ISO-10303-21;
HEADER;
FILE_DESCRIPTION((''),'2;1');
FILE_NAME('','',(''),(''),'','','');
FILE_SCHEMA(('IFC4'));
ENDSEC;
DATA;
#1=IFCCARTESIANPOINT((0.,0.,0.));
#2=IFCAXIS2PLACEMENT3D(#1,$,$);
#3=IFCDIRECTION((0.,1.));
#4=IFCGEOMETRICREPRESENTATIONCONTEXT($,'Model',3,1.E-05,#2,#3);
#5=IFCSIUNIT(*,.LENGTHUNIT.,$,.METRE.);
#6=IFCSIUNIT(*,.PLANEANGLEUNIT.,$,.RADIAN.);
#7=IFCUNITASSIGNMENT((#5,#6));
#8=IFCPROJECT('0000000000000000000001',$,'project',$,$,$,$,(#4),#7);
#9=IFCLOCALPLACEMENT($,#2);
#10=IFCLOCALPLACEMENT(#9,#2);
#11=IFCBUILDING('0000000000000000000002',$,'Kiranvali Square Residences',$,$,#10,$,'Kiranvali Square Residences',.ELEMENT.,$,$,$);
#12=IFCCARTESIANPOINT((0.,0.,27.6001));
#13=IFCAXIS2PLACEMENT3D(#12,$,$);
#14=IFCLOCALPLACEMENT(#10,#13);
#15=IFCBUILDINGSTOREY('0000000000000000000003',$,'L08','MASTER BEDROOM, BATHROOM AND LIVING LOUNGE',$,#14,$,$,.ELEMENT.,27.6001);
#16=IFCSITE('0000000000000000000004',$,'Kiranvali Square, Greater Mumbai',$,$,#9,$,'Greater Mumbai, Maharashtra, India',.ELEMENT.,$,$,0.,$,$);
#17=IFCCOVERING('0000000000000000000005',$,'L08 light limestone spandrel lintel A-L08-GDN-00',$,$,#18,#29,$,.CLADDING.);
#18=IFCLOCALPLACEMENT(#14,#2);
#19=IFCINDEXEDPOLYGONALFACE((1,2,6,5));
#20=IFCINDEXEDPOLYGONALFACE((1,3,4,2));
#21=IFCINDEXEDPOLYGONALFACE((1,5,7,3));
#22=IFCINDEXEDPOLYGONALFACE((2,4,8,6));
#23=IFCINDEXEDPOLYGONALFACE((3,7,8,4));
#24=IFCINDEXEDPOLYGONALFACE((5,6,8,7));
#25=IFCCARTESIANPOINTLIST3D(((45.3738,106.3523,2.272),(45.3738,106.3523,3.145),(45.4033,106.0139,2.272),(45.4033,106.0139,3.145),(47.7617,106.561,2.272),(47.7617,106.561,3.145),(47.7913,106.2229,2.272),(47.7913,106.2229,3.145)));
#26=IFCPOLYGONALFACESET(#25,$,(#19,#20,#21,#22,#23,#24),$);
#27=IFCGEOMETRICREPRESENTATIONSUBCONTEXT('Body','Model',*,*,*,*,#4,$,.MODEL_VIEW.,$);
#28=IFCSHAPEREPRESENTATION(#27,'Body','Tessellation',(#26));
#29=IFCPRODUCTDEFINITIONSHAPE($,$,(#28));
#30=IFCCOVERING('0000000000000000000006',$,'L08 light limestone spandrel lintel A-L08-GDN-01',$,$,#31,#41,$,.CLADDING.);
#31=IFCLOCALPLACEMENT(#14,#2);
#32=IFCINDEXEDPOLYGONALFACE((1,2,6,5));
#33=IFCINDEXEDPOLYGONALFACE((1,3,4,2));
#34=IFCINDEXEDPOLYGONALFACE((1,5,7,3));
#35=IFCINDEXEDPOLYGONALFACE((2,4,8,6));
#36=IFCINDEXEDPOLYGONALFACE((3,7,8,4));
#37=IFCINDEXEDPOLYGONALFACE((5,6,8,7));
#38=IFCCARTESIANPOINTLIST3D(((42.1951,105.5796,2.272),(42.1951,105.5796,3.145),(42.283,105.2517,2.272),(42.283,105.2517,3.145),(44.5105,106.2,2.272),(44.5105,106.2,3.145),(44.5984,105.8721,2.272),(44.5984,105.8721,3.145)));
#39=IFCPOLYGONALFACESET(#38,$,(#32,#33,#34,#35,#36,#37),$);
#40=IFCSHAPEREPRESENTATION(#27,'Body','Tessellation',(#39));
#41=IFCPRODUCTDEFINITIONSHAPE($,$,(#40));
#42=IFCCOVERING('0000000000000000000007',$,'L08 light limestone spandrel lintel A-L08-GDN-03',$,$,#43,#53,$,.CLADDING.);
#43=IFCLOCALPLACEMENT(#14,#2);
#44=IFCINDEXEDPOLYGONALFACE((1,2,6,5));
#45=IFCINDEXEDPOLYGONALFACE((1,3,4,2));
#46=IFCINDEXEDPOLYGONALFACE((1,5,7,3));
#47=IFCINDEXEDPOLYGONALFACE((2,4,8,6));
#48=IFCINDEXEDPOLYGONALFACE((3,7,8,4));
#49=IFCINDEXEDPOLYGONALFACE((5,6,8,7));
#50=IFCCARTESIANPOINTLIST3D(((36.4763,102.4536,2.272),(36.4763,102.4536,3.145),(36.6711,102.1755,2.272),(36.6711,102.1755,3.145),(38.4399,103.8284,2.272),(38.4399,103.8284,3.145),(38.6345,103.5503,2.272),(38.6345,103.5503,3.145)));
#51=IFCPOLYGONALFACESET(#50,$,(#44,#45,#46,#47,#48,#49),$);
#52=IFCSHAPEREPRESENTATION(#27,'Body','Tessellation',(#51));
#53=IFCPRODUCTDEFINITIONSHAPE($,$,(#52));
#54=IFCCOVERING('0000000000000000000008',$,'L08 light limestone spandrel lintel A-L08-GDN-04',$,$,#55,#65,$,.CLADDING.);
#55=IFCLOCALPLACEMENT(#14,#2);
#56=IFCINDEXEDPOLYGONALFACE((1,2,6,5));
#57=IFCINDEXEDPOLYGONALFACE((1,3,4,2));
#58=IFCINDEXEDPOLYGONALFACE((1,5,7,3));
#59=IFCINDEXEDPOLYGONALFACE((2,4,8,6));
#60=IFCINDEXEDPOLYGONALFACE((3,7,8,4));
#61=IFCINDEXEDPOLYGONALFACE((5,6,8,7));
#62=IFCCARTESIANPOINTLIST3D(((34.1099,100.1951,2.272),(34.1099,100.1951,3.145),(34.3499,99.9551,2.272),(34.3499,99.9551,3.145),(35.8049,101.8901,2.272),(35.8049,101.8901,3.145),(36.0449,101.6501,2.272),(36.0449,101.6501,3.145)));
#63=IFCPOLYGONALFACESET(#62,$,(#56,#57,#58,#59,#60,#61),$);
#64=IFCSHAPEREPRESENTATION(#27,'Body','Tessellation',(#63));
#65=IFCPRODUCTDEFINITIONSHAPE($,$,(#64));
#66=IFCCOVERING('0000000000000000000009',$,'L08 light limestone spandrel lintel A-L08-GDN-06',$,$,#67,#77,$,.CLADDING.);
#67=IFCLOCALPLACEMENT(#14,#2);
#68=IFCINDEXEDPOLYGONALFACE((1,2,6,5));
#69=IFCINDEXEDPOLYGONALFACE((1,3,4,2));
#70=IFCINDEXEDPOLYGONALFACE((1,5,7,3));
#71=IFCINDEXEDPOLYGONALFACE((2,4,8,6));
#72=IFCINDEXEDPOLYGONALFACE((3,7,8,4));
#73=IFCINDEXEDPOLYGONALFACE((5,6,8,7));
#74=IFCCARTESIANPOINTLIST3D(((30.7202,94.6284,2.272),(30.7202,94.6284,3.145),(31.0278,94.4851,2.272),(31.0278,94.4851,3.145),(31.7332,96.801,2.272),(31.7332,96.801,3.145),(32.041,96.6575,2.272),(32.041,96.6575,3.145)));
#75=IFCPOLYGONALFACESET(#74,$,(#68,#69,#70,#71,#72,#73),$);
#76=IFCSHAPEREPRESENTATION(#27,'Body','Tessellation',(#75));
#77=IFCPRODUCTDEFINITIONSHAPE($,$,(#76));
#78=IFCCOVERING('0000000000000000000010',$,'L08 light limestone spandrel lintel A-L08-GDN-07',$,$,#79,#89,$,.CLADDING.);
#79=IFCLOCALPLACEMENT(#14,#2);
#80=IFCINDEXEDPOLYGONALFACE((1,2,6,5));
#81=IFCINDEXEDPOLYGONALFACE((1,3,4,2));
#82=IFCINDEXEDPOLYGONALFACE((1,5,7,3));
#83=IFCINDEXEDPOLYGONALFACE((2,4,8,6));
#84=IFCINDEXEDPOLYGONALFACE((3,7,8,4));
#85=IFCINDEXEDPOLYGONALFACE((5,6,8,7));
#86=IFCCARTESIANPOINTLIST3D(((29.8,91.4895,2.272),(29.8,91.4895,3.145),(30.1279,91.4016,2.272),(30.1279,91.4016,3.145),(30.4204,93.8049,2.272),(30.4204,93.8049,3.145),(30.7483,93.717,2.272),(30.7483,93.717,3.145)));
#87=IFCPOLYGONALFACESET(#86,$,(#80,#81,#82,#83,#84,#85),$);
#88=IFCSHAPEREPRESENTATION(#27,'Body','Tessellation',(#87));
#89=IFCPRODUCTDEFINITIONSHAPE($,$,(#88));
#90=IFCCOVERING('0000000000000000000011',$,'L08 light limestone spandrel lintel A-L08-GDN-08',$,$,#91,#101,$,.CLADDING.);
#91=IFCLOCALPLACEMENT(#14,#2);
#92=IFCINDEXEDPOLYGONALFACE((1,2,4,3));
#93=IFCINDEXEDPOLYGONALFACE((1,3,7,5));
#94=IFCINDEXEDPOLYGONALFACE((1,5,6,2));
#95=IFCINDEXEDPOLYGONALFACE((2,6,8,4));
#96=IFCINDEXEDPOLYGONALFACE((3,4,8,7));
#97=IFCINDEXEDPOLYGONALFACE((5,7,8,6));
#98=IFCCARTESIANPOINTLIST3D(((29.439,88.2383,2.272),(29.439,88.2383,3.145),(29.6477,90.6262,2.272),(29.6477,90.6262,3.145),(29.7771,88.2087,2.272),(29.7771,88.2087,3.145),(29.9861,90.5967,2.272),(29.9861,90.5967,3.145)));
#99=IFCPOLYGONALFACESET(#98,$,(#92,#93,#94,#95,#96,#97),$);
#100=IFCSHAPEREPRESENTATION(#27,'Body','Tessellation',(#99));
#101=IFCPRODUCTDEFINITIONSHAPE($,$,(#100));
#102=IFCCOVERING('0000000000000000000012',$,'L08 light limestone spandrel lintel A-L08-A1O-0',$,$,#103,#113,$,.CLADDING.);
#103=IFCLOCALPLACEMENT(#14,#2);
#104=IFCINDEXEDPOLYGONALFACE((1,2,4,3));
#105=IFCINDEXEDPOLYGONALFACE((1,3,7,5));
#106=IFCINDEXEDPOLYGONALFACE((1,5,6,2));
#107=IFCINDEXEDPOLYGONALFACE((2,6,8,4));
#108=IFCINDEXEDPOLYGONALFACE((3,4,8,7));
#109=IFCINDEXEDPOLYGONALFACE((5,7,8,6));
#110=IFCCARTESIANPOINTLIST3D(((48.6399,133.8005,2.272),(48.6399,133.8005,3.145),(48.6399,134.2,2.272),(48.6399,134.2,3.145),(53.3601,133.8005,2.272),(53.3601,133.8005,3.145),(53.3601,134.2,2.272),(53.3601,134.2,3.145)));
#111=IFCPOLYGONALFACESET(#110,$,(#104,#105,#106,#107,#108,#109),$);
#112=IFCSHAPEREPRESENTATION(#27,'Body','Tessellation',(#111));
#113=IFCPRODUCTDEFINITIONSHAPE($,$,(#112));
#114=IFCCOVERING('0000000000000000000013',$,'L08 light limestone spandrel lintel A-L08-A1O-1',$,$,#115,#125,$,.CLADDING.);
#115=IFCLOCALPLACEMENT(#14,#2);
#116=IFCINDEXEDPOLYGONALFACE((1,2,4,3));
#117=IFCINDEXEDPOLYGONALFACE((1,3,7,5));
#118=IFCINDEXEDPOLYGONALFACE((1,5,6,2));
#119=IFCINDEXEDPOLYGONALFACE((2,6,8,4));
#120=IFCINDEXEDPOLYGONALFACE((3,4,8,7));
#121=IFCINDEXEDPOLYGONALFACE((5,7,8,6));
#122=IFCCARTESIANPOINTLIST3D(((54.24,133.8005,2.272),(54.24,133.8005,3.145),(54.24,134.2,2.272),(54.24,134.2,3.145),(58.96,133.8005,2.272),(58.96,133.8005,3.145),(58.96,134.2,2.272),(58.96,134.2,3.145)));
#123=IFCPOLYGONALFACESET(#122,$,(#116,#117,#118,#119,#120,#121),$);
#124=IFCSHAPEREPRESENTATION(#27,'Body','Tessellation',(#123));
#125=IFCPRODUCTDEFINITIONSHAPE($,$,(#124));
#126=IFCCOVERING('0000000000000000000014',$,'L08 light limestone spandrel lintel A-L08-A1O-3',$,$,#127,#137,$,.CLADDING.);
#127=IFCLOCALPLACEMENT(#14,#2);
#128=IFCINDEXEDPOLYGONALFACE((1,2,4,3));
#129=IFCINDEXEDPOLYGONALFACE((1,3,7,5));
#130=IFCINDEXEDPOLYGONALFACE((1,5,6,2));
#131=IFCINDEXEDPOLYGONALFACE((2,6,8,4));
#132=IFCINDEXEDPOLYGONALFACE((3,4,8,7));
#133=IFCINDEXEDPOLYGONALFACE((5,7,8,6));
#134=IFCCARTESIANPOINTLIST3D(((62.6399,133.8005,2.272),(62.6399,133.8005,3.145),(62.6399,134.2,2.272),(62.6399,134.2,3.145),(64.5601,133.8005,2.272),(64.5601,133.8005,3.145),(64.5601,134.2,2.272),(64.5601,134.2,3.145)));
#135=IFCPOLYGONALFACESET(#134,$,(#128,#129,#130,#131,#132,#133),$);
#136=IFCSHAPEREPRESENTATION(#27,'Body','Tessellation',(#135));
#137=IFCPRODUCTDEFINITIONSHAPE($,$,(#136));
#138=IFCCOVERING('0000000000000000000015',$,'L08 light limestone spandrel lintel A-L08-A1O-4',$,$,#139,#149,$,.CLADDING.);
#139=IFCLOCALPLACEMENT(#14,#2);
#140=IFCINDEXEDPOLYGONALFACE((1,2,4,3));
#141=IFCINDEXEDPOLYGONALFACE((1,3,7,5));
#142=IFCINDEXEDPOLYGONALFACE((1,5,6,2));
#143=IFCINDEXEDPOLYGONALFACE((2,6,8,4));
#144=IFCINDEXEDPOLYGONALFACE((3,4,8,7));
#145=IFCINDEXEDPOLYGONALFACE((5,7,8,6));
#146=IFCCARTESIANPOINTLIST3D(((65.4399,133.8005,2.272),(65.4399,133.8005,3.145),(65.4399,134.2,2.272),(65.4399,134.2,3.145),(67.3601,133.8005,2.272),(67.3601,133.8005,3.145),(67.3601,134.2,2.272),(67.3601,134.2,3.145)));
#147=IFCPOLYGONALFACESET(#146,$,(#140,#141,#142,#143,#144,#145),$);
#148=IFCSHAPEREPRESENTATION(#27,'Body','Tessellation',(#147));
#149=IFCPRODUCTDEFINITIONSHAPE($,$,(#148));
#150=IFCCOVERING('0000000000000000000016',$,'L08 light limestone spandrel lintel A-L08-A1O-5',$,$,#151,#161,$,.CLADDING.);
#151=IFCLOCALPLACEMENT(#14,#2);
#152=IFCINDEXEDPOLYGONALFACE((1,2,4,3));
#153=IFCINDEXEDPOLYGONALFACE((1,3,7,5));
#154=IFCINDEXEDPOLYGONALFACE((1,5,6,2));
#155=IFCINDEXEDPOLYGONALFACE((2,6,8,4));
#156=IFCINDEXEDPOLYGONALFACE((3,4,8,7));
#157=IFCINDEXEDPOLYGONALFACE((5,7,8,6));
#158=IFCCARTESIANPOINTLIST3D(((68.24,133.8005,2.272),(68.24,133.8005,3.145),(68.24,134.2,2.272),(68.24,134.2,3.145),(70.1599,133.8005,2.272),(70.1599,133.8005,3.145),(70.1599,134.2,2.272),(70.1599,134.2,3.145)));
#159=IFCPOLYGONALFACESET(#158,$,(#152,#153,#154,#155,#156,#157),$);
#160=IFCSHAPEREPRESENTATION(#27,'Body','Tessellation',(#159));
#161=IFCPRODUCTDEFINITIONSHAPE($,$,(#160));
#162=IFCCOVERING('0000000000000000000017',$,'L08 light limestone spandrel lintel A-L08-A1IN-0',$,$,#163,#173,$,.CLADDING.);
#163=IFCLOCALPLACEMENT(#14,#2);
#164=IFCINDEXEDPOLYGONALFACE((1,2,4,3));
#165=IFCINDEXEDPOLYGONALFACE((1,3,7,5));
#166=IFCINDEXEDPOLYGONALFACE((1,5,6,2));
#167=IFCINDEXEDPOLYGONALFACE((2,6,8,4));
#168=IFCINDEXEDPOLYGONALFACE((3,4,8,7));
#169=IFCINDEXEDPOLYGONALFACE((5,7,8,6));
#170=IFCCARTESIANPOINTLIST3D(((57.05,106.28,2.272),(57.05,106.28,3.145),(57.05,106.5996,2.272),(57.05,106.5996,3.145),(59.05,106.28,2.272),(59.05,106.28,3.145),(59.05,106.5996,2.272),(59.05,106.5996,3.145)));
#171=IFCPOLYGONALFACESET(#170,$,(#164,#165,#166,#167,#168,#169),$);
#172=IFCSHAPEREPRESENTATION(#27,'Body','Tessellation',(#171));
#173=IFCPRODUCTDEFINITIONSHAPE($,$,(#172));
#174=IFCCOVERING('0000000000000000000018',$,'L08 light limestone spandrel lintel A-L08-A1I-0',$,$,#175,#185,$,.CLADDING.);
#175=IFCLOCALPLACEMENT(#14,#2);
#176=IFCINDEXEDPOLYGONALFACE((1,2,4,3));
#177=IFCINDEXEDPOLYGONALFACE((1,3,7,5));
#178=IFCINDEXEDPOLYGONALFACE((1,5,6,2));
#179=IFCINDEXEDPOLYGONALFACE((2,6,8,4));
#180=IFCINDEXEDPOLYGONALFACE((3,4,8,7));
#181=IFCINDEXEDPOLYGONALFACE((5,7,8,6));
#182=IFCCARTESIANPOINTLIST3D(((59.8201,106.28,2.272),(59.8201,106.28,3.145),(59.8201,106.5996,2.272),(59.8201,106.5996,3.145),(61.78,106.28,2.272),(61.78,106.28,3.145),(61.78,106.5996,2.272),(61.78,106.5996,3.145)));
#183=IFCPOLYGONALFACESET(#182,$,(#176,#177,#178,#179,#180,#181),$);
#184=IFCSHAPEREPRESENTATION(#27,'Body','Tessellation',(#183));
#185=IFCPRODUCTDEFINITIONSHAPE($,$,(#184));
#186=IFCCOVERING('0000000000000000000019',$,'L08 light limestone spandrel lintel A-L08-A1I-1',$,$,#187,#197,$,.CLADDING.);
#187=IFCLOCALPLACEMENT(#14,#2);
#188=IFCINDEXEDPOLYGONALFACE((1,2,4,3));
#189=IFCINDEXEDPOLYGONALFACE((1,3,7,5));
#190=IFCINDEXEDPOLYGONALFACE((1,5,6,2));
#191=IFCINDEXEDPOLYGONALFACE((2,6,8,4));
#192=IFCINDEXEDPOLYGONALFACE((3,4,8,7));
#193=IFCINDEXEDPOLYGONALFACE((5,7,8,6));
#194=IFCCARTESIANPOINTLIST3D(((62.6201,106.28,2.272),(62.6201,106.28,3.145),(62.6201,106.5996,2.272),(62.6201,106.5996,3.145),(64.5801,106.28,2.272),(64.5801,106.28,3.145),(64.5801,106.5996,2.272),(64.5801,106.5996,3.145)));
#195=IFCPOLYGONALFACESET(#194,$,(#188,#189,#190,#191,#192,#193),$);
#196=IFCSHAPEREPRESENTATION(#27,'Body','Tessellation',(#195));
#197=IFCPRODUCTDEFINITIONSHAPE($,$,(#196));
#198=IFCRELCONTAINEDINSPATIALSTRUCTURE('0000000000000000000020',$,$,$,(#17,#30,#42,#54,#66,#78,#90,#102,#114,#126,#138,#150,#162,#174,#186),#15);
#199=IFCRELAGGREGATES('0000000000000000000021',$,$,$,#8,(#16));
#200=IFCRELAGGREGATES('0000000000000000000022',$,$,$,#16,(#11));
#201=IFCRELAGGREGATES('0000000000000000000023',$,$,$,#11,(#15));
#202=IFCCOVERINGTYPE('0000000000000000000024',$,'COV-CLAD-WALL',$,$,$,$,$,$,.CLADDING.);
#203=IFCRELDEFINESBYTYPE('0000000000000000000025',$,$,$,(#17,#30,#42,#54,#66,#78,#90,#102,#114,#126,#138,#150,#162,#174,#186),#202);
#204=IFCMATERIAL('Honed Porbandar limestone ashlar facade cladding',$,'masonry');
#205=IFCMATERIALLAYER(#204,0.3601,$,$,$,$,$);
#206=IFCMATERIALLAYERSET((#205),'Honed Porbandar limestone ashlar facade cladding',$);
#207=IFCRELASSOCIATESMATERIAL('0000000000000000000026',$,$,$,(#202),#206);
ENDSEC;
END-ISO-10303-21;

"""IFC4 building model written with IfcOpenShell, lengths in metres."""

from ifc_helpers import new_model, si_unit, direction, frame, origin, place, context, subcontext, project, spatial, polyline, outline, extrude, material, layer, layer_set, type_object, element, save


model = new_model("IFC4")

# Units and contexts
model_context = context("Model", 3, precision=1e-05, world=origin(), true_north=direction((0.0, 1.0)))
body_context = subcontext(model_context, "Body", "Model", "MODEL_VIEW")
ifc_project = project(units=[si_unit("LENGTHUNIT", "METRE"), si_unit("PLANEANGLEUNIT", "RADIAN")], contexts=[model_context])

# Site, building, storey
site_placement = place(None, origin())
site = spatial("IfcSite", under=ifc_project, at=site_placement, Name="Kiranvali Square, Greater Mumbai", LongName="Greater Mumbai, Maharashtra, India", CompositionType="ELEMENT", RefElevation=0.0)
building_placement = place(site_placement, origin())
building = spatial("IfcBuilding", under=site, at=building_placement, Name="Kiranvali Square Residences", LongName="Kiranvali Square Residences", CompositionType="ELEMENT")
storey_placement = place(building_placement, frame((0.0, 0.0, 27.6001)))
storey = spatial("IfcBuildingStorey", under=building, at=storey_placement, Name="L08", Description="MASTER BEDROOM, BATHROOM AND LIVING LOUNGE", CompositionType="ELEMENT", Elevation=27.6001)

# Coverings
ifc_material = material(Name="Honed Porbandar limestone ashlar facade cladding", Category="masonry")
ifc_layer = layer(ifc_material, 0.3601)
ifc_layer_set = layer_set([ifc_layer], Name="Honed Porbandar limestone ashlar facade cladding")
covering_type = type_object("IfcCoveringType", Name="COV-CLAD-WALL", PredefinedType="CLADDING", material=ifc_layer_set)
covering_1_placement = place(storey_placement, frame((0.0, 0.0, 2.272)))
element("IfcCovering", 1, at=covering_1_placement, inside=storey, type_object=covering_type, Name="L08 light limestone spandrel lintel A-L08-GDN-00", PredefinedType="CLADDING", context=body_context, shape_type="SweptSolid", body=[
    extrude(outline(polyline([(47.7617, 106.561), (45.3738, 106.3523), (45.4033, 106.0139), (47.7913, 106.2229), (47.7617, 106.561)])), origin(), (0.0, 0.0, 1.0), 0.873),
])
covering_2_placement = place(storey_placement, frame((0.0, 0.0, 2.272)))
element("IfcCovering", 2, at=covering_2_placement, inside=storey, type_object=covering_type, Name="L08 light limestone spandrel lintel A-L08-GDN-01", PredefinedType="CLADDING", context=body_context, shape_type="SweptSolid", body=[
    extrude(outline(polyline([(44.5105, 106.2), (42.1951, 105.5796), (42.283, 105.2517), (44.5984, 105.8721), (44.5105, 106.2)])), origin(), (0.0, 0.0, 1.0), 0.873),
])
covering_3_placement = place(storey_placement, frame((0.0, 0.0, 2.272)))
element("IfcCovering", 3, at=covering_3_placement, inside=storey, type_object=covering_type, Name="L08 light limestone spandrel lintel A-L08-GDN-03", PredefinedType="CLADDING", context=body_context, shape_type="SweptSolid", body=[
    extrude(outline(polyline([(38.4399, 103.8284), (36.4763, 102.4536), (36.6711, 102.1755), (38.6345, 103.5503), (38.4399, 103.8284)])), origin(), (0.0, 0.0, 1.0), 0.873),
])
covering_4_placement = place(storey_placement, frame((0.0, 0.0, 2.272)))
element("IfcCovering", 4, at=covering_4_placement, inside=storey, type_object=covering_type, Name="L08 light limestone spandrel lintel A-L08-GDN-04", PredefinedType="CLADDING", context=body_context, shape_type="SweptSolid", body=[
    extrude(outline(polyline([(35.8049, 101.8901), (34.1099, 100.1951), (34.3499, 99.9551), (36.0449, 101.6501), (35.8049, 101.8901)])), origin(), (0.0, 0.0, 1.0), 0.873),
])
covering_5_placement = place(storey_placement, frame((0.0, 0.0, 2.272)))
element("IfcCovering", 5, at=covering_5_placement, inside=storey, type_object=covering_type, Name="L08 light limestone spandrel lintel A-L08-GDN-06", PredefinedType="CLADDING", context=body_context, shape_type="SweptSolid", body=[
    extrude(outline(polyline([(31.7332, 96.801), (30.7202, 94.6284), (31.0278, 94.4851), (32.041, 96.6575), (31.7332, 96.801)])), origin(), (0.0, 0.0, 1.0), 0.873),
])
covering_6_placement = place(storey_placement, frame((0.0, 0.0, 2.272)))
element("IfcCovering", 6, at=covering_6_placement, inside=storey, type_object=covering_type, Name="L08 light limestone spandrel lintel A-L08-GDN-07", PredefinedType="CLADDING", context=body_context, shape_type="SweptSolid", body=[
    extrude(outline(polyline([(30.4204, 93.8049), (29.8, 91.4895), (30.1279, 91.4016), (30.7483, 93.717), (30.4204, 93.8049)])), origin(), (0.0, 0.0, 1.0), 0.873),
])
covering_7_placement = place(storey_placement, frame((0.0, 0.0, 2.272)))
element("IfcCovering", 7, at=covering_7_placement, inside=storey, type_object=covering_type, Name="L08 light limestone spandrel lintel A-L08-GDN-08", PredefinedType="CLADDING", context=body_context, shape_type="SweptSolid", body=[
    extrude(outline(polyline([(29.6477, 90.6262), (29.439, 88.2383), (29.7771, 88.2087), (29.9861, 90.5967), (29.6477, 90.6262)])), origin(), (0.0, 0.0, 1.0), 0.873),
])
covering_8_placement = place(storey_placement, frame((0.0, 0.0, 2.272)))
element("IfcCovering", 8, at=covering_8_placement, inside=storey, type_object=covering_type, Name="L08 light limestone spandrel lintel A-L08-A1O-0", PredefinedType="CLADDING", context=body_context, shape_type="SweptSolid", body=[
    extrude(outline(polyline([(48.6399, 133.8005), (53.3601, 133.8005), (53.3601, 134.2), (48.6399, 134.2), (48.6399, 133.8005)])), origin(), (0.0, 0.0, 1.0), 0.873),
])
covering_9_placement = place(storey_placement, frame((0.0, 0.0, 2.272)))
element("IfcCovering", 9, at=covering_9_placement, inside=storey, type_object=covering_type, Name="L08 light limestone spandrel lintel A-L08-A1O-1", PredefinedType="CLADDING", context=body_context, shape_type="SweptSolid", body=[
    extrude(outline(polyline([(54.24, 133.8005), (58.96, 133.8005), (58.96, 134.2), (54.24, 134.2), (54.24, 133.8005)])), origin(), (0.0, 0.0, 1.0), 0.873),
])
covering_10_placement = place(storey_placement, frame((0.0, 0.0, 2.272)))
element("IfcCovering", 10, at=covering_10_placement, inside=storey, type_object=covering_type, Name="L08 light limestone spandrel lintel A-L08-A1O-3", PredefinedType="CLADDING", context=body_context, shape_type="SweptSolid", body=[
    extrude(outline(polyline([(62.6399, 133.8005), (64.5601, 133.8005), (64.5601, 134.2), (62.6399, 134.2), (62.6399, 133.8005)])), origin(), (0.0, 0.0, 1.0), 0.873),
])
covering_11_placement = place(storey_placement, frame((0.0, 0.0, 2.272)))
element("IfcCovering", 11, at=covering_11_placement, inside=storey, type_object=covering_type, Name="L08 light limestone spandrel lintel A-L08-A1O-4", PredefinedType="CLADDING", context=body_context, shape_type="SweptSolid", body=[
    extrude(outline(polyline([(65.4399, 133.8005), (67.3601, 133.8005), (67.3601, 134.2), (65.4399, 134.2), (65.4399, 133.8005)])), origin(), (0.0, 0.0, 1.0), 0.873),
])
covering_12_placement = place(storey_placement, frame((0.0, 0.0, 2.272)))
element("IfcCovering", 12, at=covering_12_placement, inside=storey, type_object=covering_type, Name="L08 light limestone spandrel lintel A-L08-A1O-5", PredefinedType="CLADDING", context=body_context, shape_type="SweptSolid", body=[
    extrude(outline(polyline([(68.24, 133.8005), (70.1599, 133.8005), (70.1599, 134.2), (68.24, 134.2), (68.24, 133.8005)])), origin(), (0.0, 0.0, 1.0), 0.873),
])
covering_13_placement = place(storey_placement, frame((0.0, 0.0, 2.272)))
element("IfcCovering", 13, at=covering_13_placement, inside=storey, type_object=covering_type, Name="L08 light limestone spandrel lintel A-L08-A1IN-0", PredefinedType="CLADDING", context=body_context, shape_type="SweptSolid", body=[
    extrude(outline(polyline([(57.05, 106.28), (59.05, 106.28), (59.05, 106.5996), (57.05, 106.5996), (57.05, 106.28)])), origin(), (0.0, 0.0, 1.0), 0.873),
])
covering_14_placement = place(storey_placement, frame((0.0, 0.0, 2.272)))
element("IfcCovering", 14, at=covering_14_placement, inside=storey, type_object=covering_type, Name="L08 light limestone spandrel lintel A-L08-A1I-0", PredefinedType="CLADDING", context=body_context, shape_type="SweptSolid", body=[
    extrude(outline(polyline([(59.8201, 106.28), (61.78, 106.28), (61.78, 106.5996), (59.8201, 106.5996), (59.8201, 106.28)])), origin(), (0.0, 0.0, 1.0), 0.873),
])
covering_15_placement = place(storey_placement, frame((0.0, 0.0, 2.272)))
element("IfcCovering", 15, at=covering_15_placement, inside=storey, type_object=covering_type, Name="L08 light limestone spandrel lintel A-L08-A1I-1", PredefinedType="CLADDING", context=body_context, shape_type="SweptSolid", body=[
    extrude(outline(polyline([(62.6201, 106.28), (64.5801, 106.28), (64.5801, 106.5996), (62.6201, 106.5996), (62.6201, 106.28)])), origin(), (0.0, 0.0, 1.0), 0.873),
])

save(model, "model.ifc")
